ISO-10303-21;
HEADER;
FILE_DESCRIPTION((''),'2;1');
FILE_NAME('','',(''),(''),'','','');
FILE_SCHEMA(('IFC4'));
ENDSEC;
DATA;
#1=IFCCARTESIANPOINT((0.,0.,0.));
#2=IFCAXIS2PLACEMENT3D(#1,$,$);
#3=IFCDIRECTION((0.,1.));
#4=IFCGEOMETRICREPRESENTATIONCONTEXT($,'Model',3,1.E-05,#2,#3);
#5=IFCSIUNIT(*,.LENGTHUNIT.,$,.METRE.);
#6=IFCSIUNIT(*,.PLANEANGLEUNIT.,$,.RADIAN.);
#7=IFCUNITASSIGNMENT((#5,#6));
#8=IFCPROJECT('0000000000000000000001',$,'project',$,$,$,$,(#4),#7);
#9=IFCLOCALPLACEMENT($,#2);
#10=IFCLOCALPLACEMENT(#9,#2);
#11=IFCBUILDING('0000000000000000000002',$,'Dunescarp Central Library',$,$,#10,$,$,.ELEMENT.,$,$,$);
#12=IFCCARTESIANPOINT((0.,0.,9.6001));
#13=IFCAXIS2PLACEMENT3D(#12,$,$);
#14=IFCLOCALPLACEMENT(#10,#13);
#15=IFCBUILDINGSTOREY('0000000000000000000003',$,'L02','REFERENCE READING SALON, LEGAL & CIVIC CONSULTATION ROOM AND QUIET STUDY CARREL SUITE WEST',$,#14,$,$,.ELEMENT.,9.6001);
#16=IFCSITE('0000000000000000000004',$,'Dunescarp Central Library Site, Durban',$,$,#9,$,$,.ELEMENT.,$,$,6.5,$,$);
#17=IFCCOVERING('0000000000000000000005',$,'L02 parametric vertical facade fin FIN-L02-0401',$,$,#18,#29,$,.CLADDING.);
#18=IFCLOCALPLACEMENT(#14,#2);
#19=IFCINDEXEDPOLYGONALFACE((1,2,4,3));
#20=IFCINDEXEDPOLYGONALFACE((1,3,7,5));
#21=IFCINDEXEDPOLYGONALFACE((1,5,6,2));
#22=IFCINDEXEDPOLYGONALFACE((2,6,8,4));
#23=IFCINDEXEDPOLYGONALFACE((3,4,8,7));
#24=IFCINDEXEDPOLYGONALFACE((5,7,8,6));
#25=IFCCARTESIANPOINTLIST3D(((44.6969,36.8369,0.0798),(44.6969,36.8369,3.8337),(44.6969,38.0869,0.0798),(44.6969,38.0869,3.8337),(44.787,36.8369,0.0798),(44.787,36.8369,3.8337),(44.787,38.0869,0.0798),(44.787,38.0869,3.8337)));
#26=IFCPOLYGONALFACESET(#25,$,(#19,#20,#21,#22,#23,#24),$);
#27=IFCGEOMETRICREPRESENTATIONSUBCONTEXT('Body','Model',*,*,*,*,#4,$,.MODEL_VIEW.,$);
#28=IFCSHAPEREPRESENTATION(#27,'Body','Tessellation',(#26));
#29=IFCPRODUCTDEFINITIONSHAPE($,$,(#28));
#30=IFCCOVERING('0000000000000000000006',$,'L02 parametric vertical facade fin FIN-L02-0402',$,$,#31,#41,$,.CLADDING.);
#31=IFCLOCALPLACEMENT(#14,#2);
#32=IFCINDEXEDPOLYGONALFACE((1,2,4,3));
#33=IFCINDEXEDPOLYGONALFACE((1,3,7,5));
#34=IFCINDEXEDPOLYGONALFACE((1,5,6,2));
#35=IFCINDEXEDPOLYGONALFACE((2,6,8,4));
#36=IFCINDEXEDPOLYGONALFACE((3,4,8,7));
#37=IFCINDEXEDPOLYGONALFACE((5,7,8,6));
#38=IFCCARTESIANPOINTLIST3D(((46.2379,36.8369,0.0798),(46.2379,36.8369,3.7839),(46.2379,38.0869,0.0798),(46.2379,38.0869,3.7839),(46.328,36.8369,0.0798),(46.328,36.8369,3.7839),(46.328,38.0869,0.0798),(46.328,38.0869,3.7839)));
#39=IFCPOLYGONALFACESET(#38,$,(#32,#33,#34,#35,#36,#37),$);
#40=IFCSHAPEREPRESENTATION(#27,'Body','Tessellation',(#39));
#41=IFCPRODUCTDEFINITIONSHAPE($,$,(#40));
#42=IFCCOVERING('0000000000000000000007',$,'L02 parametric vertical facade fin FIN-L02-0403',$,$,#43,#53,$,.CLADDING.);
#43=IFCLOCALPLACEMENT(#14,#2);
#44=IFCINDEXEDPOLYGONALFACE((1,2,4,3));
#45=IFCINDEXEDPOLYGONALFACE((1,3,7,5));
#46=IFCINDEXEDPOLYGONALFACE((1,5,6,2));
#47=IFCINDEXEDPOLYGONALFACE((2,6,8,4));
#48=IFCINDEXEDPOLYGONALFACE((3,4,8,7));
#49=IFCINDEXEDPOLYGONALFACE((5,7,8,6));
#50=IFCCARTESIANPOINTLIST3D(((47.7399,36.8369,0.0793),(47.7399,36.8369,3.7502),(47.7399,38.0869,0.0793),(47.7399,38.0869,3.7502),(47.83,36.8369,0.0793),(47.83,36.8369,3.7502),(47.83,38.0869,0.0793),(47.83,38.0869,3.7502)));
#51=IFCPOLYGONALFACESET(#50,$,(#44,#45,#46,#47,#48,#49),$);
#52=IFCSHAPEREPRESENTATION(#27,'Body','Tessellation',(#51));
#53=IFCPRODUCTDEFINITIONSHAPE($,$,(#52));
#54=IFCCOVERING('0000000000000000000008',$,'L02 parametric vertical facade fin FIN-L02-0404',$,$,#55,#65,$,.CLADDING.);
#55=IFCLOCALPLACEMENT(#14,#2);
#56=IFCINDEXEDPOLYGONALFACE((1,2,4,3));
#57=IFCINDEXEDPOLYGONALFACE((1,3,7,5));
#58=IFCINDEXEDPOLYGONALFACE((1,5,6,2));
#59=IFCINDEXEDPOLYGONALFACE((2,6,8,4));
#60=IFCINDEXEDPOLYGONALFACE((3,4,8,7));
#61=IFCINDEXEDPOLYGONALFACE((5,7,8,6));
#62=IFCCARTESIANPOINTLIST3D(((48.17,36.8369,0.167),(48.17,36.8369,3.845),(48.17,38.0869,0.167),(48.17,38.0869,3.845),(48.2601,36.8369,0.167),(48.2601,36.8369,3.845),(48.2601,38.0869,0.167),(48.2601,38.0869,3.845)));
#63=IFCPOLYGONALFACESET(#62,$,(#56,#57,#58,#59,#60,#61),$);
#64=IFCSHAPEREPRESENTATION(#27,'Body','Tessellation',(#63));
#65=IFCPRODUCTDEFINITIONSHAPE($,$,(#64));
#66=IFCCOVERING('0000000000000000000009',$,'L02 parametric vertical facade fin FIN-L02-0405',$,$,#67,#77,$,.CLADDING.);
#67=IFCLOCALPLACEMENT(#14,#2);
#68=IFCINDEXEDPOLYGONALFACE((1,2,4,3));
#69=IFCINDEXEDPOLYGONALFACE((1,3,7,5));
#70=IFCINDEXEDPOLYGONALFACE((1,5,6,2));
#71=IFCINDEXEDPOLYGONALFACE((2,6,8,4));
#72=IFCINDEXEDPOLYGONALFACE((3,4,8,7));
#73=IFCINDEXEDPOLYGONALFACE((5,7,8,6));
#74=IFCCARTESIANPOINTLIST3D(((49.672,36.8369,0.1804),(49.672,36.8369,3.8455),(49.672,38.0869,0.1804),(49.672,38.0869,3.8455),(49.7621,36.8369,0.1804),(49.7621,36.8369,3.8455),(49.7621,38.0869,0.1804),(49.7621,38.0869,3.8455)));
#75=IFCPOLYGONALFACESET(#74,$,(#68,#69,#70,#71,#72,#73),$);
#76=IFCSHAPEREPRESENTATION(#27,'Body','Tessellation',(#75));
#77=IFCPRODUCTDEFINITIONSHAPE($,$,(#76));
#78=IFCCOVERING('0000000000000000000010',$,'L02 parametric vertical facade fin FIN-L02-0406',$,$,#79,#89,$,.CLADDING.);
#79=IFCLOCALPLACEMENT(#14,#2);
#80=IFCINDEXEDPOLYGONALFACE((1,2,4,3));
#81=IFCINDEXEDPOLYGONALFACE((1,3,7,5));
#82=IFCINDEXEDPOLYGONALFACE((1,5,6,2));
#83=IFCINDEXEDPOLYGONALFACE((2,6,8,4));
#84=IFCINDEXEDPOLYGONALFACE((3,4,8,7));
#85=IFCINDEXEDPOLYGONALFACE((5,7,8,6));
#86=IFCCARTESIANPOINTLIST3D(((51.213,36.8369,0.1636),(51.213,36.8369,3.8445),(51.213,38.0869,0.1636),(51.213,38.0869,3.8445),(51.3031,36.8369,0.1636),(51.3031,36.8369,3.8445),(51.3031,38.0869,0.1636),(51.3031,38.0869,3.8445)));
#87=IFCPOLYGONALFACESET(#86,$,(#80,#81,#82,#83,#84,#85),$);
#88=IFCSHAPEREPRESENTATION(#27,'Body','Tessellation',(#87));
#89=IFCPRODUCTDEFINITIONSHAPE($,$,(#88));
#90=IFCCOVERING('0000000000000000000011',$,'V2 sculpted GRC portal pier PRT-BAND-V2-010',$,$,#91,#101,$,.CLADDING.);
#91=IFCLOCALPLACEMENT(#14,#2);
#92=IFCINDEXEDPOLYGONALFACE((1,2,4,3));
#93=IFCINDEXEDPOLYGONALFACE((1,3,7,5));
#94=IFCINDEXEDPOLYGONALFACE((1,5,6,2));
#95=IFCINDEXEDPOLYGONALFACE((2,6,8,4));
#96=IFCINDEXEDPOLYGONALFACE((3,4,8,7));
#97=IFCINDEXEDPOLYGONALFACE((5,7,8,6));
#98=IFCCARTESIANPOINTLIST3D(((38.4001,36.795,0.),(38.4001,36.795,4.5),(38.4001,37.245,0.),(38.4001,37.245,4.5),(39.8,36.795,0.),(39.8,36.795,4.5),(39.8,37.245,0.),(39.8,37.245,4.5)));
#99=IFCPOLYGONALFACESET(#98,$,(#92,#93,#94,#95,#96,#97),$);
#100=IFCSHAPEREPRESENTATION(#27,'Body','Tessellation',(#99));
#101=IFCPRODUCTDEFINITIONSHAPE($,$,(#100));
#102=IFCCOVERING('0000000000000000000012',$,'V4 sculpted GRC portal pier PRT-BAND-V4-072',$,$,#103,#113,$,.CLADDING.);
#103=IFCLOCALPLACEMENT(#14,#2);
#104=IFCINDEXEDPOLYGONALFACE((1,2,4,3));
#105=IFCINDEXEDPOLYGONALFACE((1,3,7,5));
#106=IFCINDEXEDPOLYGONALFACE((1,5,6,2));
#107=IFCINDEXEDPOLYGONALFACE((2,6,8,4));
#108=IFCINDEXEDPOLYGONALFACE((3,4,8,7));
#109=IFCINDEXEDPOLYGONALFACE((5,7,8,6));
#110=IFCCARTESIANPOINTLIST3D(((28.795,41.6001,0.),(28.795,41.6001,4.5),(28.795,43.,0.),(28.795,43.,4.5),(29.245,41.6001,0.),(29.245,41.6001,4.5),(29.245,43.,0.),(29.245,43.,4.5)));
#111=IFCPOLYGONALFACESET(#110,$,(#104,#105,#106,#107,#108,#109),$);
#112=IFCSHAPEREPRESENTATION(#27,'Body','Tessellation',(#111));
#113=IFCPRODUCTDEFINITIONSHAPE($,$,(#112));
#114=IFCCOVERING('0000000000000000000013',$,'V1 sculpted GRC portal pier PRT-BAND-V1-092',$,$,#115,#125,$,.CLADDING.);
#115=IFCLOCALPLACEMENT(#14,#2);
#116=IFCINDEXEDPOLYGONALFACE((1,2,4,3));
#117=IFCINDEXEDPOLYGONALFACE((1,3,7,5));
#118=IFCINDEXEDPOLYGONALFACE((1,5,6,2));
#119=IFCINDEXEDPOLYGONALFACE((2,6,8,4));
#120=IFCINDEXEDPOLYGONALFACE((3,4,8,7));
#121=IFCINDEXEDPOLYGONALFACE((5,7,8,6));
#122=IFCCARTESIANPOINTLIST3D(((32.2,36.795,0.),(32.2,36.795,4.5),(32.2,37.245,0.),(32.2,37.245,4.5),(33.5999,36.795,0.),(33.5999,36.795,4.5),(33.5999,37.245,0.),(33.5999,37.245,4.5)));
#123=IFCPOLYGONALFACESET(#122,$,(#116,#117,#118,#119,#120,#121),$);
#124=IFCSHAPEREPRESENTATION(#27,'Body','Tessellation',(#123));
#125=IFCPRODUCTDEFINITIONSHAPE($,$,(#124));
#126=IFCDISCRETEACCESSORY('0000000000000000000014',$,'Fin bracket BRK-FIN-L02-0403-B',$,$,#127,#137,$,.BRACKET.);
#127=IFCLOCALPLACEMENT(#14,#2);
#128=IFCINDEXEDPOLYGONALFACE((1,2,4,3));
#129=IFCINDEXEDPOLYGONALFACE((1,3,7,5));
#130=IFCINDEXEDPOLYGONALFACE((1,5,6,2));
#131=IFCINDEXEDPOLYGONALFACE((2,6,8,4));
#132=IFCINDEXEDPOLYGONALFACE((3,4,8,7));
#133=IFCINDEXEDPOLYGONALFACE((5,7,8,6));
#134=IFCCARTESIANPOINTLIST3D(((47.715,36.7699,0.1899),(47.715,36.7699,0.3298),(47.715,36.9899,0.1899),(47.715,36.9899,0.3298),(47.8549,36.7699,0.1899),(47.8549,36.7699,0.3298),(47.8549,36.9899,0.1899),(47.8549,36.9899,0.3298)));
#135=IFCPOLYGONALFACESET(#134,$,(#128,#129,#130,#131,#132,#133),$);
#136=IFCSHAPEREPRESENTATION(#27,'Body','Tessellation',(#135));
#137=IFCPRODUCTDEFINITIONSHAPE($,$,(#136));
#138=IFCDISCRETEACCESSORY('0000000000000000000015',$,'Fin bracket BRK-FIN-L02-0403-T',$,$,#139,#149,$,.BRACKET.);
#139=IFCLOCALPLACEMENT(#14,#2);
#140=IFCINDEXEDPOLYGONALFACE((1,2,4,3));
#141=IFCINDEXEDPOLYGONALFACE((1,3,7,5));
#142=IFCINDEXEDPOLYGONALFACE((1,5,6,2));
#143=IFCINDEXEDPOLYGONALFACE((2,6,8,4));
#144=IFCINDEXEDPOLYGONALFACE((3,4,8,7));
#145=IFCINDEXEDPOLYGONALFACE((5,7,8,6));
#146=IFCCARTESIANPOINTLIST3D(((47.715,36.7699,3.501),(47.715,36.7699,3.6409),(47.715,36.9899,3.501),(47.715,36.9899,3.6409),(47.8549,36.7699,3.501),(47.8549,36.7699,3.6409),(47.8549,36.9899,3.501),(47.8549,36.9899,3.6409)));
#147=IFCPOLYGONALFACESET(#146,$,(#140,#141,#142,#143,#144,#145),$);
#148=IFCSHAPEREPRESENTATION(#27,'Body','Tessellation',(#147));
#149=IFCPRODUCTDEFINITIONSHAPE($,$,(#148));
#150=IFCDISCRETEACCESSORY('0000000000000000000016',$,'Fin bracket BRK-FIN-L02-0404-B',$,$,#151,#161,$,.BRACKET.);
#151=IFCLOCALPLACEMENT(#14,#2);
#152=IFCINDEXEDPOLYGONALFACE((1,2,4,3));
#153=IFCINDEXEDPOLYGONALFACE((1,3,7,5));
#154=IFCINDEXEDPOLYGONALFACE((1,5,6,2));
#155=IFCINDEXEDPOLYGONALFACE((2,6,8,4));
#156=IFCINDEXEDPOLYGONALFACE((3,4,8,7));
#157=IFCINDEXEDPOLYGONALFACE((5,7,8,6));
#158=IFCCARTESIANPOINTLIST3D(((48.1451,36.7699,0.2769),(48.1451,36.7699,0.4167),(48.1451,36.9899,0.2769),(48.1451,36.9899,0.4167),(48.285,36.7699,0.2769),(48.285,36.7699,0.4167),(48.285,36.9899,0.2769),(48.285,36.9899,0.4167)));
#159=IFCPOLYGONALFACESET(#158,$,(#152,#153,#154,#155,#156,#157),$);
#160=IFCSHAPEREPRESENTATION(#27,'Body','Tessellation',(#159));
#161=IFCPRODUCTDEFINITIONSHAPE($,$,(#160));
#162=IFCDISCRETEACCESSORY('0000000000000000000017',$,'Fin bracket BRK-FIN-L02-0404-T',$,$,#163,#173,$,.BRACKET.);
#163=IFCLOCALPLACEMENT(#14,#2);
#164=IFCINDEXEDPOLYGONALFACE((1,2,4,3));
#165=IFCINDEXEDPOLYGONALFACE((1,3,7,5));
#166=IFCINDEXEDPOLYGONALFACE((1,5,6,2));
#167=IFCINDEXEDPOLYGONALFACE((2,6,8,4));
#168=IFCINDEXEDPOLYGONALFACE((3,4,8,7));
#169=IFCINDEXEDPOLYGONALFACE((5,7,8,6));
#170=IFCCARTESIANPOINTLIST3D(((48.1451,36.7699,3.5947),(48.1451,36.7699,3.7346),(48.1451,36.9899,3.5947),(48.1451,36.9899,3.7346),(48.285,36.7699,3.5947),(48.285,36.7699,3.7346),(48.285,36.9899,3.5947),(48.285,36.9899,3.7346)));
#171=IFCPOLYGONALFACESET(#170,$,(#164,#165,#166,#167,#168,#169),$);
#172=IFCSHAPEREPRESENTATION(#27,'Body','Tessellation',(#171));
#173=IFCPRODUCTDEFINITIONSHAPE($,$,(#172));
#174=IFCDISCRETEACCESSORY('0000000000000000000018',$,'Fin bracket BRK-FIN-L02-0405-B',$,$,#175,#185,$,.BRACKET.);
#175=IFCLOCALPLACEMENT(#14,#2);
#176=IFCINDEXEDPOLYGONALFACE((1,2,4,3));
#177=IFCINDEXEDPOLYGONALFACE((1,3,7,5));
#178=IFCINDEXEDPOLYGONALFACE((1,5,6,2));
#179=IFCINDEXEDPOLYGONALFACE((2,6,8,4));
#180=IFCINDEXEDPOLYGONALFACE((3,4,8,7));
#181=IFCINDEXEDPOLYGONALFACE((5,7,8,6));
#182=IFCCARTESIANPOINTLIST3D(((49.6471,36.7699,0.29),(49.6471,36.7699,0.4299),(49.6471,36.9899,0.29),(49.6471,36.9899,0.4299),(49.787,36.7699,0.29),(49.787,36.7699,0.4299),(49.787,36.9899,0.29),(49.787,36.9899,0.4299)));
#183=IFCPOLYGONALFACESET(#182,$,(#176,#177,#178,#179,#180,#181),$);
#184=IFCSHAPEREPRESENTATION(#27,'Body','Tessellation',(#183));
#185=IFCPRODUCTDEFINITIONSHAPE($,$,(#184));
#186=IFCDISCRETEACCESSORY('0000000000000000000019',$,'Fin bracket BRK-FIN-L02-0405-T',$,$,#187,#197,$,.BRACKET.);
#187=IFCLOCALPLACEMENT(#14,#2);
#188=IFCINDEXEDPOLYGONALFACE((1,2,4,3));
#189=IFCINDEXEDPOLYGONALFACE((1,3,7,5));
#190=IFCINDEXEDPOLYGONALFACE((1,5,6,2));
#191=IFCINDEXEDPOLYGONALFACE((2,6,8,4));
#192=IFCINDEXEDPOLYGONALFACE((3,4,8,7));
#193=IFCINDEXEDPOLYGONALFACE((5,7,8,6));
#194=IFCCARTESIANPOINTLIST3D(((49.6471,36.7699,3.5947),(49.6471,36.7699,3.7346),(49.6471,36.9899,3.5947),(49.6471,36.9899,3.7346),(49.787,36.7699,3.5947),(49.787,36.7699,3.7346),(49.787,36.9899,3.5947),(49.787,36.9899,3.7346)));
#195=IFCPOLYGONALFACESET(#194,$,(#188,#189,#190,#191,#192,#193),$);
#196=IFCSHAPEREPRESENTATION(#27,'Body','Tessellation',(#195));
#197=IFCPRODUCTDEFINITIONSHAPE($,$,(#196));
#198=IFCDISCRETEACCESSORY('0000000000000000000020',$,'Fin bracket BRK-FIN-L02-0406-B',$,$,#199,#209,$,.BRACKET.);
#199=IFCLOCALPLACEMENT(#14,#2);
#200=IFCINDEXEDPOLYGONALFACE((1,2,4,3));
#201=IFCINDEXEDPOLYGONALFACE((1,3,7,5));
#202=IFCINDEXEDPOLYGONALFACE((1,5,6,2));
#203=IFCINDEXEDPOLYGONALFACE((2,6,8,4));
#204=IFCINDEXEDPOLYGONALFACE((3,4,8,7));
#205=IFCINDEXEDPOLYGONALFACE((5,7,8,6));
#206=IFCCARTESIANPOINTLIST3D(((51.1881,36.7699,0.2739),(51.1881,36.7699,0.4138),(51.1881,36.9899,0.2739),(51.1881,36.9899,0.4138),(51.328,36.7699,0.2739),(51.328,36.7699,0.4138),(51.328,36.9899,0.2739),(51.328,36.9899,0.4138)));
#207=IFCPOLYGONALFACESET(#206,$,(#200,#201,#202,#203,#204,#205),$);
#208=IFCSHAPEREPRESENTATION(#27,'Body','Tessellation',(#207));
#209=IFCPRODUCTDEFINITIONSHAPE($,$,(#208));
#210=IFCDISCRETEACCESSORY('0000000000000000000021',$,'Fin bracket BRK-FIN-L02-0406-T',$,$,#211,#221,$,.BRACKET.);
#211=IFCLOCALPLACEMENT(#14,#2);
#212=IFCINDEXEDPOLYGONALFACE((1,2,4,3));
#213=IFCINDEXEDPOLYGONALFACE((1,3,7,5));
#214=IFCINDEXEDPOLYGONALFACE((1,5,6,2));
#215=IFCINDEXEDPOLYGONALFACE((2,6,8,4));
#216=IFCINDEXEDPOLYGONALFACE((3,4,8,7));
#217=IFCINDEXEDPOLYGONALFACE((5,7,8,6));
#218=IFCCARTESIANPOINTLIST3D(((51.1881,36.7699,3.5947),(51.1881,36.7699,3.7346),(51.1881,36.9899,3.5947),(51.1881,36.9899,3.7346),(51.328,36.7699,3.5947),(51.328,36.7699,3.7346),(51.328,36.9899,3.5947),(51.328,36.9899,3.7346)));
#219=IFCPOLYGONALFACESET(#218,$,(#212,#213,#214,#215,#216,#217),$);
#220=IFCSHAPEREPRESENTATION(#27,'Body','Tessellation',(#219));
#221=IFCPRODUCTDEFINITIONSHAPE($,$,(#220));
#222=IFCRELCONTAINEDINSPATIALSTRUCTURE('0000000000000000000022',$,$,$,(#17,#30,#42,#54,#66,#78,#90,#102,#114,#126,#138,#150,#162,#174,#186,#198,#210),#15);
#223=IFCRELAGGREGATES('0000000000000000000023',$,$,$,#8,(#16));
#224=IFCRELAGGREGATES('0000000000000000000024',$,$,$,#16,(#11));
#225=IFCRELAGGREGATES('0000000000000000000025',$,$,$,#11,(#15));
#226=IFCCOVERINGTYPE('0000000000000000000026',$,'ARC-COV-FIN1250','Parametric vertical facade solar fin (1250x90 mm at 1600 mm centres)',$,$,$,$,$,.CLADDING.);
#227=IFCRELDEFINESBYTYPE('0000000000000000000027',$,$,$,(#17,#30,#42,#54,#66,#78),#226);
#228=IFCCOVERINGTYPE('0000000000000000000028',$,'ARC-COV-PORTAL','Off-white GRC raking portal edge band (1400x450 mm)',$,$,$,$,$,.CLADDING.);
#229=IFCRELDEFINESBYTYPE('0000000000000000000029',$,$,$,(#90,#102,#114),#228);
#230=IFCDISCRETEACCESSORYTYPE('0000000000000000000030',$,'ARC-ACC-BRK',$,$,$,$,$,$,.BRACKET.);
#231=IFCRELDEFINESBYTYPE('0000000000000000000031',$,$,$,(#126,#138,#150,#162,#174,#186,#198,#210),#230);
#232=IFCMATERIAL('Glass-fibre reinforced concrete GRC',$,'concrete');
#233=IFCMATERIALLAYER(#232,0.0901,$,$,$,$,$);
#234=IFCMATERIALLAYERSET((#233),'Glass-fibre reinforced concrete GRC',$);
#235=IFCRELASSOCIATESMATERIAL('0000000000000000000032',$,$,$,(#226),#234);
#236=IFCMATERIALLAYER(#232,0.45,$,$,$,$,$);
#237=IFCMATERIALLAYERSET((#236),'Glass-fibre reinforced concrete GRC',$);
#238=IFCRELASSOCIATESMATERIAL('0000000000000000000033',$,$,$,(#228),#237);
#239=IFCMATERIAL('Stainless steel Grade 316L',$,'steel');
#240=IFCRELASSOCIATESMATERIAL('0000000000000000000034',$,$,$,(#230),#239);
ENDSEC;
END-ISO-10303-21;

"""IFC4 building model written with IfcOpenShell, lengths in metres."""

from ifc_helpers import new_model, si_unit, direction, frame, origin, origin_2d, place, context, subcontext, project, spatial, rectangle, extrude, material, layer, layer_set, type_object, element, save


model = new_model("IFC4")

# Units and contexts
model_context = context("Model", 3, precision=1e-05, world=origin(), true_north=direction((0.0, 1.0)))
body_context = subcontext(model_context, "Body", "Model", "MODEL_VIEW")
ifc_project = project(units=[si_unit("LENGTHUNIT", "METRE"), si_unit("PLANEANGLEUNIT", "RADIAN")], contexts=[model_context])

# Site, building, storey
site_placement = place(None, origin())
site = spatial("IfcSite", under=ifc_project, at=site_placement, Name="Dunescarp Central Library Site, Durban", CompositionType="ELEMENT", RefElevation=6.5)
building_placement = place(site_placement, origin())
building = spatial("IfcBuilding", under=site, at=building_placement, Name="Dunescarp Central Library", CompositionType="ELEMENT")
storey_placement = place(building_placement, frame((0.0, 0.0, 9.6001)))
storey = spatial("IfcBuildingStorey", under=building, at=storey_placement, Name="L02", Description="REFERENCE READING SALON, LEGAL & CIVIC CONSULTATION ROOM AND QUIET STUDY CARREL SUITE WEST", CompositionType="ELEMENT", Elevation=9.6001)

# Shared definitions
ifc_material_1 = material(Name="Glass-fibre reinforced concrete GRC", Category="concrete")

# Coverings
ifc_layer_1 = layer(ifc_material_1, 0.0901)
ifc_layer_set_1 = layer_set([ifc_layer_1], Name="Glass-fibre reinforced concrete GRC")
covering_type_1 = type_object("IfcCoveringType", Name="ARC-COV-FIN1250", Description="Parametric vertical facade solar fin (1250x90 mm at 1600 mm centres)", PredefinedType="CLADDING", material=ifc_layer_set_1)
covering_1_placement = place(storey_placement, frame((44.7419, 37.4619, 0.0798), z_axis=(0.0, 0.0, 1.0), x_axis=(0.0, 1.0, 0.0)))
element("IfcCovering", 1, at=covering_1_placement, inside=storey, type_object=covering_type_1, Name="L02 parametric vertical facade fin FIN-L02-0401", PredefinedType="CLADDING", context=body_context, shape_type="SweptSolid", body=[
    extrude(rectangle(XDim=1.25, YDim=0.0901, at=origin_2d()), origin(), (0.0, 0.0, 1.0), 3.7539),
])
covering_2_placement = place(storey_placement, frame((46.283, 37.4619, 0.0798), z_axis=(0.0, 0.0, 1.0), x_axis=(0.0, 1.0, 0.0)))
element("IfcCovering", 2, at=covering_2_placement, inside=storey, type_object=covering_type_1, Name="L02 parametric vertical facade fin FIN-L02-0402", PredefinedType="CLADDING", context=body_context, shape_type="SweptSolid", body=[
    extrude(rectangle(XDim=1.25, YDim=0.0901, at=origin_2d()), origin(), (0.0, 0.0, 1.0), 3.7041),
])
covering_3_placement = place(storey_placement, frame((47.7849, 37.4619, 0.0793), z_axis=(0.0, 0.0, 1.0), x_axis=(0.0, 1.0, 0.0)))
element("IfcCovering", 3, at=covering_3_placement, inside=storey, type_object=covering_type_1, Name="L02 parametric vertical facade fin FIN-L02-0403", PredefinedType="CLADDING", context=body_context, shape_type="SweptSolid", body=[
    extrude(rectangle(XDim=1.25, YDim=0.0901, at=origin_2d()), origin(), (0.0, 0.0, 1.0), 3.6709),
])
covering_4_placement = place(storey_placement, frame((48.2151, 37.4619, 0.167), z_axis=(0.0, 0.0, 1.0), x_axis=(0.0, 1.0, 0.0)))
element("IfcCovering", 4, at=covering_4_placement, inside=storey, type_object=covering_type_1, Name="L02 parametric vertical facade fin FIN-L02-0404", PredefinedType="CLADDING", context=body_context, shape_type="SweptSolid", body=[
    extrude(rectangle(XDim=1.25, YDim=0.0901, at=origin_2d()), origin(), (0.0, 0.0, 1.0), 3.678),
])
covering_5_placement = place(storey_placement, frame((49.717, 37.4619, 0.1804), z_axis=(0.0, 0.0, 1.0), x_axis=(0.0, 1.0, 0.0)))
element("IfcCovering", 5, at=covering_5_placement, inside=storey, type_object=covering_type_1, Name="L02 parametric vertical facade fin FIN-L02-0405", PredefinedType="CLADDING", context=body_context, shape_type="SweptSolid", body=[
    extrude(rectangle(XDim=1.25, YDim=0.0901, at=origin_2d()), origin(), (0.0, 0.0, 1.0), 3.665),
])
covering_6_placement = place(storey_placement, frame((51.2581, 37.4619, 0.1636), z_axis=(0.0, 0.0, 1.0), x_axis=(0.0, 1.0, 0.0)))
element("IfcCovering", 6, at=covering_6_placement, inside=storey, type_object=covering_type_1, Name="L02 parametric vertical facade fin FIN-L02-0406", PredefinedType="CLADDING", context=body_context, shape_type="SweptSolid", body=[
    extrude(rectangle(XDim=1.25, YDim=0.0901, at=origin_2d()), origin(), (0.0, 0.0, 1.0), 3.6809),
])
ifc_layer_2 = layer(ifc_material_1, 0.45)
ifc_layer_set_2 = layer_set([ifc_layer_2], Name="Glass-fibre reinforced concrete GRC")
covering_type_2 = type_object("IfcCoveringType", Name="ARC-COV-PORTAL", Description="Off-white GRC raking portal edge band (1400x450 mm)", PredefinedType="CLADDING", material=ifc_layer_set_2)
covering_7_placement = place(storey_placement, frame((39.1001, 37.02, 0.0), z_axis=(0.0, 0.0, 1.0), x_axis=(1.0, 0.0, 0.0)))
element("IfcCovering", 7, at=covering_7_placement, inside=storey, type_object=covering_type_2, Name="V2 sculpted GRC portal pier PRT-BAND-V2-010", PredefinedType="CLADDING", context=body_context, shape_type="SweptSolid", body=[
    extrude(rectangle(XDim=1.3999, YDim=0.45, at=origin_2d()), origin(), (0.0, 0.0, 1.0), 4.5),
])
covering_8_placement = place(storey_placement, frame((29.02, 42.3, 0.0), z_axis=(0.0, 0.0, 1.0), x_axis=(1.0, 0.0, 0.0)))
element("IfcCovering", 8, at=covering_8_placement, inside=storey, type_object=covering_type_2, Name="V4 sculpted GRC portal pier PRT-BAND-V4-072", PredefinedType="CLADDING", context=body_context, shape_type="SweptSolid", body=[
    extrude(rectangle(XDim=0.45, YDim=1.3999, at=origin_2d()), origin(), (0.0, 0.0, 1.0), 4.5),
])
covering_9_placement = place(storey_placement, frame((32.8999, 37.02, 0.0), z_axis=(0.0, 0.0, 1.0), x_axis=(1.0, 0.0, 0.0)))
element("IfcCovering", 9, at=covering_9_placement, inside=storey, type_object=covering_type_2, Name="V1 sculpted GRC portal pier PRT-BAND-V1-092", PredefinedType="CLADDING", context=body_context, shape_type="SweptSolid", body=[
    extrude(rectangle(XDim=1.3999, YDim=0.45, at=origin_2d()), origin(), (0.0, 0.0, 1.0), 4.5),
])

# Discrete accessories
ifc_material_2 = material(Name="Stainless steel Grade 316L", Category="steel")
discrete_accessory_type = type_object("IfcDiscreteAccessoryType", Name="ARC-ACC-BRK", PredefinedType="BRACKET", material=ifc_material_2)
for number, where, z_axis, x_axis, name in (
    (10, (47.7849, 36.8799, 0.1899), (0.0, 0.0, 1.0), (0.0, 1.0, 0.0), "Fin bracket BRK-FIN-L02-0403-B"),
    (11, (47.7849, 36.8799, 3.501), (0.0, 0.0, 1.0), (0.0, 1.0, 0.0), "Fin bracket BRK-FIN-L02-0403-T"),
    (12, (48.2151, 36.8799, 0.2769), (0.0, 0.0, 1.0), (0.0, 1.0, 0.0), "Fin bracket BRK-FIN-L02-0404-B"),
    (13, (48.2151, 36.8799, 3.5947), (0.0, 0.0, 1.0), (0.0, 1.0, 0.0), "Fin bracket BRK-FIN-L02-0404-T"),
    (14, (49.717, 36.8799, 0.29), (0.0, 0.0, 1.0), (0.0, 1.0, 0.0), "Fin bracket BRK-FIN-L02-0405-B"),
    (15, (49.717, 36.8799, 3.5947), (0.0, 0.0, 1.0), (0.0, 1.0, 0.0), "Fin bracket BRK-FIN-L02-0405-T"),
    (16, (51.2581, 36.8799, 0.2739), (0.0, 0.0, 1.0), (0.0, 1.0, 0.0), "Fin bracket BRK-FIN-L02-0406-B"),
    (17, (51.2581, 36.8799, 3.5947), (0.0, 0.0, 1.0), (0.0, 1.0, 0.0), "Fin bracket BRK-FIN-L02-0406-T"),
):
    element("IfcDiscreteAccessory", number, at=place(storey_placement, frame(where, z_axis=z_axis, x_axis=x_axis)), inside=storey, type_object=discrete_accessory_type, Name=name, PredefinedType="BRACKET", context=body_context, shape_type="SweptSolid", body=[
        extrude(rectangle(XDim=0.22, YDim=0.1399, at=origin_2d()), origin(), (0.0, 0.0, 1.0), 0.1399),
    ])

save(model, "model.ifc")
